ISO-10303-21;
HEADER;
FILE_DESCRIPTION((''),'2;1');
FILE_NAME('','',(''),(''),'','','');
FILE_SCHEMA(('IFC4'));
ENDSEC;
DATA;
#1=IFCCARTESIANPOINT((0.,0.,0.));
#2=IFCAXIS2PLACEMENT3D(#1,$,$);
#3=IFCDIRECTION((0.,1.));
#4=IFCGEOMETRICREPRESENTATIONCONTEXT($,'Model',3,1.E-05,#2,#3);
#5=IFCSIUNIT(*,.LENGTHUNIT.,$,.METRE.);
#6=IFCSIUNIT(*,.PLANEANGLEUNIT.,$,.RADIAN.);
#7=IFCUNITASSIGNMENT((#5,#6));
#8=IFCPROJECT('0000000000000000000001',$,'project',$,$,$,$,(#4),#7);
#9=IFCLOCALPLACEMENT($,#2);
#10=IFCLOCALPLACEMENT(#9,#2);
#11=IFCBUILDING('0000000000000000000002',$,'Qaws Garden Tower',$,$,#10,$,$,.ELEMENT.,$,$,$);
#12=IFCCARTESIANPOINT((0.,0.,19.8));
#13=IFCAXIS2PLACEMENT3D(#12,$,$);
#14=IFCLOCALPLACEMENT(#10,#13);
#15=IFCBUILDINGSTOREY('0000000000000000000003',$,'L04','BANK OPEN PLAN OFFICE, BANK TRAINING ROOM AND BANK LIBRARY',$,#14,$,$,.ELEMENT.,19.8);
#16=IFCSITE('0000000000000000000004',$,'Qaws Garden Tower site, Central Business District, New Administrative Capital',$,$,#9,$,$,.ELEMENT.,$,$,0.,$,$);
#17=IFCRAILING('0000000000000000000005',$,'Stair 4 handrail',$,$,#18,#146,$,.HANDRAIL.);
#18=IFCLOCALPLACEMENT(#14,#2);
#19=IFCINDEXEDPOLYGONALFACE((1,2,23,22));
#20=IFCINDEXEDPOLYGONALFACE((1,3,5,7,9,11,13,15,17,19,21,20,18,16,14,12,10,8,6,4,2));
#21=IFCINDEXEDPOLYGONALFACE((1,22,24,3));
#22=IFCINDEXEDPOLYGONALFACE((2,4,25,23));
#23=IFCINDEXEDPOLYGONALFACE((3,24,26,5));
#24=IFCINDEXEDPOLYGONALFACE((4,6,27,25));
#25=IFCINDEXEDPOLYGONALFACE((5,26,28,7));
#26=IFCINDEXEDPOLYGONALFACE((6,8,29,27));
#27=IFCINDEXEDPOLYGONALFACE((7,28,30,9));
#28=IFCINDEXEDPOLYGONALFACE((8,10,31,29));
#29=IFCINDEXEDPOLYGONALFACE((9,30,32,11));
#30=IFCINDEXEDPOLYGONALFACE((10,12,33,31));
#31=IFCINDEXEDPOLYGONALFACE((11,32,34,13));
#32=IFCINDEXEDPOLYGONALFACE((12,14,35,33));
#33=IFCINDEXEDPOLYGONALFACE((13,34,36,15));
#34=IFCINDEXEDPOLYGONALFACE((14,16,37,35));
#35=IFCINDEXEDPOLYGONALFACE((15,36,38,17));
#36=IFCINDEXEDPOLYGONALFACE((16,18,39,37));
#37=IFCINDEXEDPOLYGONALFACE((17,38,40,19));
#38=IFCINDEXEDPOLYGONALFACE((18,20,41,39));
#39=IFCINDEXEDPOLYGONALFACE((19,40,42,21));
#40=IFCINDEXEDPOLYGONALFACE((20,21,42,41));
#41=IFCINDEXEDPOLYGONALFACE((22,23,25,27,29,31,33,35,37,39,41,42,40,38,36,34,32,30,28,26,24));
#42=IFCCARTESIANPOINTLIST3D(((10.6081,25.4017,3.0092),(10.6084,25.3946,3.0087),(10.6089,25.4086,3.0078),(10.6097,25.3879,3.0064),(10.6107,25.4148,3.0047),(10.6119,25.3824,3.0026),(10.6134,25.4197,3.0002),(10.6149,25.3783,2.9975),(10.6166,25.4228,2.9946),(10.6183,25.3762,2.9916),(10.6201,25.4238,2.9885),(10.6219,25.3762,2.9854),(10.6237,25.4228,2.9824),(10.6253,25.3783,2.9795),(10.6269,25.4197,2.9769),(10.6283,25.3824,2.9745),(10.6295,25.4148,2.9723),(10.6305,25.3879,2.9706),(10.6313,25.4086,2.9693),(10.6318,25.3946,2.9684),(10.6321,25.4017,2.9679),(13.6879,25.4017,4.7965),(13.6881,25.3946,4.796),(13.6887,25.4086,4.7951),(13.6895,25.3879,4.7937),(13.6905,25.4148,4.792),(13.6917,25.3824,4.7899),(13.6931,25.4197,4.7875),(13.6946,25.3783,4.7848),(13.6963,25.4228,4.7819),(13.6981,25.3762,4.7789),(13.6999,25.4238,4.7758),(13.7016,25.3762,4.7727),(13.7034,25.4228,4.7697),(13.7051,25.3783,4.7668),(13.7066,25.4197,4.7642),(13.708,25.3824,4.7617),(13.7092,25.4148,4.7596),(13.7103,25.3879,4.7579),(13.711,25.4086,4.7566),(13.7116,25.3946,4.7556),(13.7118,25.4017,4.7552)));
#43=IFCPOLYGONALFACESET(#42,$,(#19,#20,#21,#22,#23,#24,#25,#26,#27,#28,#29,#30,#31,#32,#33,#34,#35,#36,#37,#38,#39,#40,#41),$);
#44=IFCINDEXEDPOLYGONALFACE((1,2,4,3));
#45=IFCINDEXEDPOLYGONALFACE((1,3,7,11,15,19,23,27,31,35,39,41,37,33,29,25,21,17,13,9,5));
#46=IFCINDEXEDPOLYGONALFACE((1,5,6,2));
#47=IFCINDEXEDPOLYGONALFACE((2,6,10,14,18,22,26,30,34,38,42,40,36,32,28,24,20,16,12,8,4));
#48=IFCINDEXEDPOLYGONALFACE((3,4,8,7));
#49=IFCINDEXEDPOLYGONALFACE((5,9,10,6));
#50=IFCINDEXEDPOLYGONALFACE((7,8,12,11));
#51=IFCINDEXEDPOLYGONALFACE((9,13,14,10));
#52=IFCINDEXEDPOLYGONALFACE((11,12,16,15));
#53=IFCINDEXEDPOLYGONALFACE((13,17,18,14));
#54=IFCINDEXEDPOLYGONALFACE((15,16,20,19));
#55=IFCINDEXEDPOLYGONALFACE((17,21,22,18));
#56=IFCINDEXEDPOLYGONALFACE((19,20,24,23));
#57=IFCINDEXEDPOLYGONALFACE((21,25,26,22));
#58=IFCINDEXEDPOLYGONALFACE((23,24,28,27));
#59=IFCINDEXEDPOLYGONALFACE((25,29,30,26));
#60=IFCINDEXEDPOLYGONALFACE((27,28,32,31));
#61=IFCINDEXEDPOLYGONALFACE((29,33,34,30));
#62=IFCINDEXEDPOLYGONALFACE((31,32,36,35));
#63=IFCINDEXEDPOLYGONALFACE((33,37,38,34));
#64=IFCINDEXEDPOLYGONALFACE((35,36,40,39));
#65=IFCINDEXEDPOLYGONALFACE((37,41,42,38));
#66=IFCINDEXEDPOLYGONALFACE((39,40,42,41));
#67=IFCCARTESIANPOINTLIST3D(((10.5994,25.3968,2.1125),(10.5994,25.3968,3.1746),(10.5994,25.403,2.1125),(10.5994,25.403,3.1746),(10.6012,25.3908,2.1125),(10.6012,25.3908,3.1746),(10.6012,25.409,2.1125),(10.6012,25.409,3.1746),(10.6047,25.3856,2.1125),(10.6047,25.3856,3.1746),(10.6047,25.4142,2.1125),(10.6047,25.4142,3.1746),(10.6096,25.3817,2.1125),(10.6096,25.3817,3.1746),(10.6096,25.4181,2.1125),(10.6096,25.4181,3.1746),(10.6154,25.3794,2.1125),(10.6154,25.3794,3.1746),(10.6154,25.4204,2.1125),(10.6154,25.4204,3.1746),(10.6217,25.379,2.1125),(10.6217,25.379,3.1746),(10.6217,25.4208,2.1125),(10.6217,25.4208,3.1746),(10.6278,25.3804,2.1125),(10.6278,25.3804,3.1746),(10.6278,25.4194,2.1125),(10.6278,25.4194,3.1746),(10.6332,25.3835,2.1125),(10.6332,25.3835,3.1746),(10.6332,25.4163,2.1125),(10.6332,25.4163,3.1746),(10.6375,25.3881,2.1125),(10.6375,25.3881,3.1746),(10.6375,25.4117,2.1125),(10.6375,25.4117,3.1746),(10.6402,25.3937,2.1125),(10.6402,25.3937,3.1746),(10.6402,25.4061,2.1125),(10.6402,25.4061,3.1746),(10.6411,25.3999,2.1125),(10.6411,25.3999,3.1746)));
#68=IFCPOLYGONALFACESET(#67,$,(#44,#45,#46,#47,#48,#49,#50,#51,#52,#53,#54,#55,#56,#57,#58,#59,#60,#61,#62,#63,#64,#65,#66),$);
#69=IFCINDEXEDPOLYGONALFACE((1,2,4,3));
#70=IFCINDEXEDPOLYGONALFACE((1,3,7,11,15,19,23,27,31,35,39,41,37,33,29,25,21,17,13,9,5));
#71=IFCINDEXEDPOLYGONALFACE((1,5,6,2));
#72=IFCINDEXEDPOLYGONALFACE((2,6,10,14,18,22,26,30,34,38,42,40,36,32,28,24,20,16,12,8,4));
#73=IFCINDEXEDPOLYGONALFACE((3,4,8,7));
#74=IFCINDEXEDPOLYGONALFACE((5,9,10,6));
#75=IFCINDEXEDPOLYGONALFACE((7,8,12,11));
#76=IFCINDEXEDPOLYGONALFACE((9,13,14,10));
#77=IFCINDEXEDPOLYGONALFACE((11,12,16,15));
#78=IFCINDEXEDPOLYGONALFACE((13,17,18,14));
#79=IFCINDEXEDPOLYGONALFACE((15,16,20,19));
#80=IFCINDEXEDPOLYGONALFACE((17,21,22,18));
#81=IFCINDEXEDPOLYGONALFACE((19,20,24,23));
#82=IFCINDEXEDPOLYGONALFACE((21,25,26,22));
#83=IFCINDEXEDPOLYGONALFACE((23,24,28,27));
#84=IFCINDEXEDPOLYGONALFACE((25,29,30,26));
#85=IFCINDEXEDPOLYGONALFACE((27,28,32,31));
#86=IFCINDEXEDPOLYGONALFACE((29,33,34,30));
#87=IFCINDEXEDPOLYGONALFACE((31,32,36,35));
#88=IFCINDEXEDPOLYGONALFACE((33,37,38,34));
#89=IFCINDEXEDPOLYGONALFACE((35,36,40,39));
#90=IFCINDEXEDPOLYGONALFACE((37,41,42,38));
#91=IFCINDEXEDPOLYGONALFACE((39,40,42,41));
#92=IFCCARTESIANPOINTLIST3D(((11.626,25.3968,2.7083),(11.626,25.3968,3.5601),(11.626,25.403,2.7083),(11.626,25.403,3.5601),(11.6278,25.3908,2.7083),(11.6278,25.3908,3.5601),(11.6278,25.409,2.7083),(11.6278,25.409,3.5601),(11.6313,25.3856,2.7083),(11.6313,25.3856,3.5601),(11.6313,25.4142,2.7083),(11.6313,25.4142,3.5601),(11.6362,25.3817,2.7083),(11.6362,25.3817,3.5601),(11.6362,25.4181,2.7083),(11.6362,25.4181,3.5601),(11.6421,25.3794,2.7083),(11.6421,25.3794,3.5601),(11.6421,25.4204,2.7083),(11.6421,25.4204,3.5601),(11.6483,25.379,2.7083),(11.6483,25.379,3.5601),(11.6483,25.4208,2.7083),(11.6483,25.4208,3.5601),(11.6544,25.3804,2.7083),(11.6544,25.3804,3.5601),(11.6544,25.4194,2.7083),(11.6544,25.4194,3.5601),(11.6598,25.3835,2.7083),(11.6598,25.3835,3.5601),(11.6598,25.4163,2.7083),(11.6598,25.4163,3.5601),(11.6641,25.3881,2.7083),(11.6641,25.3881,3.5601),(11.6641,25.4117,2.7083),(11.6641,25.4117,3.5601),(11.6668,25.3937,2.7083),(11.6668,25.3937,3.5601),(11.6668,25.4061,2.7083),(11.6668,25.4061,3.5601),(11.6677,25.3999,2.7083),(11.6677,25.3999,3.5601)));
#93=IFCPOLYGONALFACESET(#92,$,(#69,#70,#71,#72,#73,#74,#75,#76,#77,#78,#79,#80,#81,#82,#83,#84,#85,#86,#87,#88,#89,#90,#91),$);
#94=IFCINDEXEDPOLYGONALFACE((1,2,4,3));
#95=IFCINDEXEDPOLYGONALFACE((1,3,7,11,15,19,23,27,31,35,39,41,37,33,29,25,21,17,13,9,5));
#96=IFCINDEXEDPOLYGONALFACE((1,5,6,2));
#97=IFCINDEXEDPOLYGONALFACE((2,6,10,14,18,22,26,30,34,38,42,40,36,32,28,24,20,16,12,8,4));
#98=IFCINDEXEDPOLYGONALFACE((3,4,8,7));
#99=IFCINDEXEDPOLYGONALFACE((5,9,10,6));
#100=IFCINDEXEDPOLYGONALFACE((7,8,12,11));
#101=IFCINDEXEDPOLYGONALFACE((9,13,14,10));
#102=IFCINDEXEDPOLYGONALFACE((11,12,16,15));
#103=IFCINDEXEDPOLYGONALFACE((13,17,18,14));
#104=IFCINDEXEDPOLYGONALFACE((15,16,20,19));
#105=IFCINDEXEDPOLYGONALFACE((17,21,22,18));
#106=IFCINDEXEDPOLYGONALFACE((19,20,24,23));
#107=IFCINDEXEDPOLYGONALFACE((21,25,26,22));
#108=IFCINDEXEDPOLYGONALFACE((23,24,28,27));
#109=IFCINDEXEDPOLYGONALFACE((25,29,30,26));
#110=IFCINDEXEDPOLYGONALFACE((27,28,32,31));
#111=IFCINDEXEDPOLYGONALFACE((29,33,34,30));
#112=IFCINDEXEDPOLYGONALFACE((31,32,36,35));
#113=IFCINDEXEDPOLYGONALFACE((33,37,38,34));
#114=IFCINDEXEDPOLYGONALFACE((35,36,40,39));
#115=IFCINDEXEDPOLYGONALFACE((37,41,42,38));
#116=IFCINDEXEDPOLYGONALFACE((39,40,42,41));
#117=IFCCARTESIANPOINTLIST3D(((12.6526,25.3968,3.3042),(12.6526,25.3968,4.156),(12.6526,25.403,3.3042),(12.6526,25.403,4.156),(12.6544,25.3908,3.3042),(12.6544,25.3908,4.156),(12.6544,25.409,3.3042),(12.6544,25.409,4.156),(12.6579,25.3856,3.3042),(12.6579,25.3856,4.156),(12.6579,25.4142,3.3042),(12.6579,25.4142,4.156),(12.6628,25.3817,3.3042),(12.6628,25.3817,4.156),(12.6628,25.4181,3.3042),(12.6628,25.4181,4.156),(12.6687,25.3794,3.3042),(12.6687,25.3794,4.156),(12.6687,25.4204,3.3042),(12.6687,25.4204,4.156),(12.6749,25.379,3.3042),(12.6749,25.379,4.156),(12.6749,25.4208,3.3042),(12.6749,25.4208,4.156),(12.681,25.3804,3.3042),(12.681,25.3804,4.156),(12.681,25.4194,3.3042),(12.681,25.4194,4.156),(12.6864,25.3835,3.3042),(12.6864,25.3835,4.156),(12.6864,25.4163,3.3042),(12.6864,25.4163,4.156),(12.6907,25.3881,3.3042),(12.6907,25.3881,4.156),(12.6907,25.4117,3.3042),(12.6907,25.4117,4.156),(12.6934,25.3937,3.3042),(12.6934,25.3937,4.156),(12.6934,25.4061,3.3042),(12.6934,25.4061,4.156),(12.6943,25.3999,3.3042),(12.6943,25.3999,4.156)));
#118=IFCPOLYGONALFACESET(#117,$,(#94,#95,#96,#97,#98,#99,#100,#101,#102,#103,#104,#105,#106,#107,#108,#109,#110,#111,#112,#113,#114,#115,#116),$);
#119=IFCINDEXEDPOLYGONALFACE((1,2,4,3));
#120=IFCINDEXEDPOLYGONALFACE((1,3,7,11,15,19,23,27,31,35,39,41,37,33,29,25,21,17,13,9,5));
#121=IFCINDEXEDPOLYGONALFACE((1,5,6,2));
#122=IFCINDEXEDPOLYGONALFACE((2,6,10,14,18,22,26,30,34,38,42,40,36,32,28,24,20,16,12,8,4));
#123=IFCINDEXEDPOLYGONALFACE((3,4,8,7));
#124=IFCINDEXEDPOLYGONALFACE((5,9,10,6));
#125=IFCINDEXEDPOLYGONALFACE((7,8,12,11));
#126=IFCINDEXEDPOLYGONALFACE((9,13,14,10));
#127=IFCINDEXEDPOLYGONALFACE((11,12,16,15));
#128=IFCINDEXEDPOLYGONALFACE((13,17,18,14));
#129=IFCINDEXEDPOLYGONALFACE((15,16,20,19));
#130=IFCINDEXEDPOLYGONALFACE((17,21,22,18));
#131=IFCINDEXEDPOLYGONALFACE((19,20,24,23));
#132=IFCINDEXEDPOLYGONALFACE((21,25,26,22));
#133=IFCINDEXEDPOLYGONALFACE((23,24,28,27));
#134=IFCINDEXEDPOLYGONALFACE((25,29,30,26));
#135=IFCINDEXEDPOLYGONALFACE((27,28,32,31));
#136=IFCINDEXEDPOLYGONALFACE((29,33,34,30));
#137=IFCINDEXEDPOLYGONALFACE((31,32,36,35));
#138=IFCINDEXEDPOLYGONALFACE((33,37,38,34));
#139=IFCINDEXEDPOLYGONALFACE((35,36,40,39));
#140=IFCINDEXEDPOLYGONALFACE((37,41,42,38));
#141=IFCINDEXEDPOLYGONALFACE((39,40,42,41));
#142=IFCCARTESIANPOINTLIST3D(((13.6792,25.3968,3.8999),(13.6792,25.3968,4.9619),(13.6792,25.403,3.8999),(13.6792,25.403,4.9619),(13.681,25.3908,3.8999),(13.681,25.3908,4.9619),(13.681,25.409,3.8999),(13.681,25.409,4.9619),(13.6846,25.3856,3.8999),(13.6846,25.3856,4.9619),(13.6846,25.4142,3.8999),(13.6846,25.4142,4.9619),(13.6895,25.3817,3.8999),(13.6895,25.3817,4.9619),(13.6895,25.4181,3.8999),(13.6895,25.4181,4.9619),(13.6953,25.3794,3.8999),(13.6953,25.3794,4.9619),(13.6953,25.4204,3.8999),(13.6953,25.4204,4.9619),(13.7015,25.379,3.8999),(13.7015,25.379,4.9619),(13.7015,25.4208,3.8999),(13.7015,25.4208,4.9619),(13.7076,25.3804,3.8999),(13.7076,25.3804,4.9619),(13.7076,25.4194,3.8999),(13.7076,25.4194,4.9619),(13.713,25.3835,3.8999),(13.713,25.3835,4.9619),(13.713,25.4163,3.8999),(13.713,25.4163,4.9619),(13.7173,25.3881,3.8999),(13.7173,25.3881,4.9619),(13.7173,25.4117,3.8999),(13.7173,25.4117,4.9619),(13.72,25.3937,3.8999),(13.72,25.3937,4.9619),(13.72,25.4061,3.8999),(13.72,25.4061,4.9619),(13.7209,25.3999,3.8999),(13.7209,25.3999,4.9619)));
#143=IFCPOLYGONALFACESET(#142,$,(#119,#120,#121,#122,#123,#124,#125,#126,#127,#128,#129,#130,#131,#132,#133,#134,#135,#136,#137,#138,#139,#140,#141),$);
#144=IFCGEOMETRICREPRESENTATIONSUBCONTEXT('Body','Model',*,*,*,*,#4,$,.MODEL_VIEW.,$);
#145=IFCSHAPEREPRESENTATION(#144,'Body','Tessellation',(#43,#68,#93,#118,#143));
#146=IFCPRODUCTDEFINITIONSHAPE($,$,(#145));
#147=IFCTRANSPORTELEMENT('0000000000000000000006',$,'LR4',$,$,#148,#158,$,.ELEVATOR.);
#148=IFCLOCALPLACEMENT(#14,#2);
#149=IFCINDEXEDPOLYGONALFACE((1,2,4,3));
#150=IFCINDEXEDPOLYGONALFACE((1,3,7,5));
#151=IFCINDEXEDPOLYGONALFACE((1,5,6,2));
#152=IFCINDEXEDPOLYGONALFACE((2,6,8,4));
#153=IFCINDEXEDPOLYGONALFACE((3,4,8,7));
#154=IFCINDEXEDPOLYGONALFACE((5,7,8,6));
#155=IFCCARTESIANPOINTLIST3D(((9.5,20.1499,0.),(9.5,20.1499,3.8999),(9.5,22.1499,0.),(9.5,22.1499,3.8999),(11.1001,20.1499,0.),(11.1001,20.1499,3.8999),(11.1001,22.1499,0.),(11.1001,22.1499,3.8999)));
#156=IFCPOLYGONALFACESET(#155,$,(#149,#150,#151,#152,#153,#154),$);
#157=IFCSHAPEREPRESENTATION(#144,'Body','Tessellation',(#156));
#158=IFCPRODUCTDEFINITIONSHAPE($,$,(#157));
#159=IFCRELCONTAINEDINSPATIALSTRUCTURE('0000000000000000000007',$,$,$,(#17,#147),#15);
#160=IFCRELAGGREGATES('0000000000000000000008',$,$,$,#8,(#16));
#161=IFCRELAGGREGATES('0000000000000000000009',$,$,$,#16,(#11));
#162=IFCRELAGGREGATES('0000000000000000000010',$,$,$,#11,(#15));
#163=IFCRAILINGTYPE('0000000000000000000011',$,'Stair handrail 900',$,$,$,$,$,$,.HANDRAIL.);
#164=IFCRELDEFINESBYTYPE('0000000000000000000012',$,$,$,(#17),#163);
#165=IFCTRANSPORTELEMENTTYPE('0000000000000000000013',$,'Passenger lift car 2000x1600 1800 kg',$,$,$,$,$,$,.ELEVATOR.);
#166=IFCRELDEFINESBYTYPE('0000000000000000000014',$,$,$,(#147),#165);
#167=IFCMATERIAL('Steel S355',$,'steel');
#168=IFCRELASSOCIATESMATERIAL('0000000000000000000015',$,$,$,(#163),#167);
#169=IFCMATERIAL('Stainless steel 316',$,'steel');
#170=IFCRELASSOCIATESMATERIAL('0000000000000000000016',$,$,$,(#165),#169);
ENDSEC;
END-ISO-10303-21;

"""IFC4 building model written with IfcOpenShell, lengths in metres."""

from ifc_helpers import new_model, si_unit, direction, frame, origin, origin_2d, place, context, subcontext, project, spatial, rectangle, circle, extrude, material, type_object, element, save


model = new_model("IFC4")

# Units and contexts
model_context = context("Model", 3, precision=1e-05, world=origin(), true_north=direction((0.0, 1.0)))
body_context = subcontext(model_context, "Body", "Model", "MODEL_VIEW")
ifc_project = project(units=[si_unit("LENGTHUNIT", "METRE"), si_unit("PLANEANGLEUNIT", "RADIAN")], contexts=[model_context])

# Site, building, storey
site_placement = place(None, origin())
site = spatial("IfcSite", under=ifc_project, at=site_placement, Name="Qaws Garden Tower site, Central Business District, New Administrative Capital", CompositionType="ELEMENT", RefElevation=0.0)
building_placement = place(site_placement, origin())
building = spatial("IfcBuilding", under=site, at=building_placement, Name="Qaws Garden Tower", CompositionType="ELEMENT")
storey_placement = place(building_placement, frame((0.0, 0.0, 19.8)))
storey = spatial("IfcBuildingStorey", under=building, at=storey_placement, Name="L04", Description="BANK OPEN PLAN OFFICE, BANK TRAINING ROOM AND BANK LIBRARY", CompositionType="ELEMENT", Elevation=19.8)

# Railing
ifc_material_1 = material(Name="Steel S355", Category="steel")
railing_type = type_object("IfcRailingType", Name="Stair handrail 900", PredefinedType="HANDRAIL", material=ifc_material_1)
railing_1_placement = place(storey_placement, frame((10.6201, 25.3999, 2.1125)))
element("IfcRailing", 1, at=railing_1_placement, inside=storey, type_object=railing_type, Name="Stair 4 handrail", PredefinedType="HANDRAIL", context=body_context, shape_type="SweptSolid", body=[
    extrude(circle(Radius=0.0239, at=origin_2d()), frame((0.0, 0.0, 0.876), z_axis=(0.864903, 0.0, 0.501939), x_axis=(0.0, 1.0, 0.0)), (0.0, 0.0, 1.0), 3.5608),
    extrude(circle(Radius=0.021, at=origin_2d()), origin(), (0.0, 0.0, 1.0), 1.062),
    extrude(circle(Radius=0.021, at=origin_2d()), frame((1.0266, 0.0, 0.5957)), (0.0, 0.0, 1.0), 0.8518),
    extrude(circle(Radius=0.021, at=origin_2d()), frame((2.0532, 0.0, 1.1917)), (0.0, 0.0, 1.0), 0.8518),
    extrude(circle(Radius=0.021, at=origin_2d()), frame((3.0798, 0.0, 1.7874)), (0.0, 0.0, 1.0), 1.062),
])

# Transport element
ifc_material_2 = material(Name="Stainless steel 316", Category="steel")
transport_element_type = type_object("IfcTransportElementType", Name="Passenger lift car 2000x1600 1800 kg", PredefinedType="ELEVATOR", material=ifc_material_2)
transport_element_placement = place(storey_placement, frame((10.3, 21.1499, 0.0), z_axis=(0.0, 0.0, 1.0), x_axis=(1.0, 0.0, 0.0)))
element("IfcTransportElement", 2, at=transport_element_placement, inside=storey, type_object=transport_element_type, Name="LR4", PredefinedType="ELEVATOR", context=body_context, shape_type="SweptSolid", body=[
    extrude(rectangle(XDim=1.6001, YDim=2.0, at=origin_2d()), origin(), (0.0, 0.0, 1.0), 3.8999),
])

save(model, "model.ifc")
